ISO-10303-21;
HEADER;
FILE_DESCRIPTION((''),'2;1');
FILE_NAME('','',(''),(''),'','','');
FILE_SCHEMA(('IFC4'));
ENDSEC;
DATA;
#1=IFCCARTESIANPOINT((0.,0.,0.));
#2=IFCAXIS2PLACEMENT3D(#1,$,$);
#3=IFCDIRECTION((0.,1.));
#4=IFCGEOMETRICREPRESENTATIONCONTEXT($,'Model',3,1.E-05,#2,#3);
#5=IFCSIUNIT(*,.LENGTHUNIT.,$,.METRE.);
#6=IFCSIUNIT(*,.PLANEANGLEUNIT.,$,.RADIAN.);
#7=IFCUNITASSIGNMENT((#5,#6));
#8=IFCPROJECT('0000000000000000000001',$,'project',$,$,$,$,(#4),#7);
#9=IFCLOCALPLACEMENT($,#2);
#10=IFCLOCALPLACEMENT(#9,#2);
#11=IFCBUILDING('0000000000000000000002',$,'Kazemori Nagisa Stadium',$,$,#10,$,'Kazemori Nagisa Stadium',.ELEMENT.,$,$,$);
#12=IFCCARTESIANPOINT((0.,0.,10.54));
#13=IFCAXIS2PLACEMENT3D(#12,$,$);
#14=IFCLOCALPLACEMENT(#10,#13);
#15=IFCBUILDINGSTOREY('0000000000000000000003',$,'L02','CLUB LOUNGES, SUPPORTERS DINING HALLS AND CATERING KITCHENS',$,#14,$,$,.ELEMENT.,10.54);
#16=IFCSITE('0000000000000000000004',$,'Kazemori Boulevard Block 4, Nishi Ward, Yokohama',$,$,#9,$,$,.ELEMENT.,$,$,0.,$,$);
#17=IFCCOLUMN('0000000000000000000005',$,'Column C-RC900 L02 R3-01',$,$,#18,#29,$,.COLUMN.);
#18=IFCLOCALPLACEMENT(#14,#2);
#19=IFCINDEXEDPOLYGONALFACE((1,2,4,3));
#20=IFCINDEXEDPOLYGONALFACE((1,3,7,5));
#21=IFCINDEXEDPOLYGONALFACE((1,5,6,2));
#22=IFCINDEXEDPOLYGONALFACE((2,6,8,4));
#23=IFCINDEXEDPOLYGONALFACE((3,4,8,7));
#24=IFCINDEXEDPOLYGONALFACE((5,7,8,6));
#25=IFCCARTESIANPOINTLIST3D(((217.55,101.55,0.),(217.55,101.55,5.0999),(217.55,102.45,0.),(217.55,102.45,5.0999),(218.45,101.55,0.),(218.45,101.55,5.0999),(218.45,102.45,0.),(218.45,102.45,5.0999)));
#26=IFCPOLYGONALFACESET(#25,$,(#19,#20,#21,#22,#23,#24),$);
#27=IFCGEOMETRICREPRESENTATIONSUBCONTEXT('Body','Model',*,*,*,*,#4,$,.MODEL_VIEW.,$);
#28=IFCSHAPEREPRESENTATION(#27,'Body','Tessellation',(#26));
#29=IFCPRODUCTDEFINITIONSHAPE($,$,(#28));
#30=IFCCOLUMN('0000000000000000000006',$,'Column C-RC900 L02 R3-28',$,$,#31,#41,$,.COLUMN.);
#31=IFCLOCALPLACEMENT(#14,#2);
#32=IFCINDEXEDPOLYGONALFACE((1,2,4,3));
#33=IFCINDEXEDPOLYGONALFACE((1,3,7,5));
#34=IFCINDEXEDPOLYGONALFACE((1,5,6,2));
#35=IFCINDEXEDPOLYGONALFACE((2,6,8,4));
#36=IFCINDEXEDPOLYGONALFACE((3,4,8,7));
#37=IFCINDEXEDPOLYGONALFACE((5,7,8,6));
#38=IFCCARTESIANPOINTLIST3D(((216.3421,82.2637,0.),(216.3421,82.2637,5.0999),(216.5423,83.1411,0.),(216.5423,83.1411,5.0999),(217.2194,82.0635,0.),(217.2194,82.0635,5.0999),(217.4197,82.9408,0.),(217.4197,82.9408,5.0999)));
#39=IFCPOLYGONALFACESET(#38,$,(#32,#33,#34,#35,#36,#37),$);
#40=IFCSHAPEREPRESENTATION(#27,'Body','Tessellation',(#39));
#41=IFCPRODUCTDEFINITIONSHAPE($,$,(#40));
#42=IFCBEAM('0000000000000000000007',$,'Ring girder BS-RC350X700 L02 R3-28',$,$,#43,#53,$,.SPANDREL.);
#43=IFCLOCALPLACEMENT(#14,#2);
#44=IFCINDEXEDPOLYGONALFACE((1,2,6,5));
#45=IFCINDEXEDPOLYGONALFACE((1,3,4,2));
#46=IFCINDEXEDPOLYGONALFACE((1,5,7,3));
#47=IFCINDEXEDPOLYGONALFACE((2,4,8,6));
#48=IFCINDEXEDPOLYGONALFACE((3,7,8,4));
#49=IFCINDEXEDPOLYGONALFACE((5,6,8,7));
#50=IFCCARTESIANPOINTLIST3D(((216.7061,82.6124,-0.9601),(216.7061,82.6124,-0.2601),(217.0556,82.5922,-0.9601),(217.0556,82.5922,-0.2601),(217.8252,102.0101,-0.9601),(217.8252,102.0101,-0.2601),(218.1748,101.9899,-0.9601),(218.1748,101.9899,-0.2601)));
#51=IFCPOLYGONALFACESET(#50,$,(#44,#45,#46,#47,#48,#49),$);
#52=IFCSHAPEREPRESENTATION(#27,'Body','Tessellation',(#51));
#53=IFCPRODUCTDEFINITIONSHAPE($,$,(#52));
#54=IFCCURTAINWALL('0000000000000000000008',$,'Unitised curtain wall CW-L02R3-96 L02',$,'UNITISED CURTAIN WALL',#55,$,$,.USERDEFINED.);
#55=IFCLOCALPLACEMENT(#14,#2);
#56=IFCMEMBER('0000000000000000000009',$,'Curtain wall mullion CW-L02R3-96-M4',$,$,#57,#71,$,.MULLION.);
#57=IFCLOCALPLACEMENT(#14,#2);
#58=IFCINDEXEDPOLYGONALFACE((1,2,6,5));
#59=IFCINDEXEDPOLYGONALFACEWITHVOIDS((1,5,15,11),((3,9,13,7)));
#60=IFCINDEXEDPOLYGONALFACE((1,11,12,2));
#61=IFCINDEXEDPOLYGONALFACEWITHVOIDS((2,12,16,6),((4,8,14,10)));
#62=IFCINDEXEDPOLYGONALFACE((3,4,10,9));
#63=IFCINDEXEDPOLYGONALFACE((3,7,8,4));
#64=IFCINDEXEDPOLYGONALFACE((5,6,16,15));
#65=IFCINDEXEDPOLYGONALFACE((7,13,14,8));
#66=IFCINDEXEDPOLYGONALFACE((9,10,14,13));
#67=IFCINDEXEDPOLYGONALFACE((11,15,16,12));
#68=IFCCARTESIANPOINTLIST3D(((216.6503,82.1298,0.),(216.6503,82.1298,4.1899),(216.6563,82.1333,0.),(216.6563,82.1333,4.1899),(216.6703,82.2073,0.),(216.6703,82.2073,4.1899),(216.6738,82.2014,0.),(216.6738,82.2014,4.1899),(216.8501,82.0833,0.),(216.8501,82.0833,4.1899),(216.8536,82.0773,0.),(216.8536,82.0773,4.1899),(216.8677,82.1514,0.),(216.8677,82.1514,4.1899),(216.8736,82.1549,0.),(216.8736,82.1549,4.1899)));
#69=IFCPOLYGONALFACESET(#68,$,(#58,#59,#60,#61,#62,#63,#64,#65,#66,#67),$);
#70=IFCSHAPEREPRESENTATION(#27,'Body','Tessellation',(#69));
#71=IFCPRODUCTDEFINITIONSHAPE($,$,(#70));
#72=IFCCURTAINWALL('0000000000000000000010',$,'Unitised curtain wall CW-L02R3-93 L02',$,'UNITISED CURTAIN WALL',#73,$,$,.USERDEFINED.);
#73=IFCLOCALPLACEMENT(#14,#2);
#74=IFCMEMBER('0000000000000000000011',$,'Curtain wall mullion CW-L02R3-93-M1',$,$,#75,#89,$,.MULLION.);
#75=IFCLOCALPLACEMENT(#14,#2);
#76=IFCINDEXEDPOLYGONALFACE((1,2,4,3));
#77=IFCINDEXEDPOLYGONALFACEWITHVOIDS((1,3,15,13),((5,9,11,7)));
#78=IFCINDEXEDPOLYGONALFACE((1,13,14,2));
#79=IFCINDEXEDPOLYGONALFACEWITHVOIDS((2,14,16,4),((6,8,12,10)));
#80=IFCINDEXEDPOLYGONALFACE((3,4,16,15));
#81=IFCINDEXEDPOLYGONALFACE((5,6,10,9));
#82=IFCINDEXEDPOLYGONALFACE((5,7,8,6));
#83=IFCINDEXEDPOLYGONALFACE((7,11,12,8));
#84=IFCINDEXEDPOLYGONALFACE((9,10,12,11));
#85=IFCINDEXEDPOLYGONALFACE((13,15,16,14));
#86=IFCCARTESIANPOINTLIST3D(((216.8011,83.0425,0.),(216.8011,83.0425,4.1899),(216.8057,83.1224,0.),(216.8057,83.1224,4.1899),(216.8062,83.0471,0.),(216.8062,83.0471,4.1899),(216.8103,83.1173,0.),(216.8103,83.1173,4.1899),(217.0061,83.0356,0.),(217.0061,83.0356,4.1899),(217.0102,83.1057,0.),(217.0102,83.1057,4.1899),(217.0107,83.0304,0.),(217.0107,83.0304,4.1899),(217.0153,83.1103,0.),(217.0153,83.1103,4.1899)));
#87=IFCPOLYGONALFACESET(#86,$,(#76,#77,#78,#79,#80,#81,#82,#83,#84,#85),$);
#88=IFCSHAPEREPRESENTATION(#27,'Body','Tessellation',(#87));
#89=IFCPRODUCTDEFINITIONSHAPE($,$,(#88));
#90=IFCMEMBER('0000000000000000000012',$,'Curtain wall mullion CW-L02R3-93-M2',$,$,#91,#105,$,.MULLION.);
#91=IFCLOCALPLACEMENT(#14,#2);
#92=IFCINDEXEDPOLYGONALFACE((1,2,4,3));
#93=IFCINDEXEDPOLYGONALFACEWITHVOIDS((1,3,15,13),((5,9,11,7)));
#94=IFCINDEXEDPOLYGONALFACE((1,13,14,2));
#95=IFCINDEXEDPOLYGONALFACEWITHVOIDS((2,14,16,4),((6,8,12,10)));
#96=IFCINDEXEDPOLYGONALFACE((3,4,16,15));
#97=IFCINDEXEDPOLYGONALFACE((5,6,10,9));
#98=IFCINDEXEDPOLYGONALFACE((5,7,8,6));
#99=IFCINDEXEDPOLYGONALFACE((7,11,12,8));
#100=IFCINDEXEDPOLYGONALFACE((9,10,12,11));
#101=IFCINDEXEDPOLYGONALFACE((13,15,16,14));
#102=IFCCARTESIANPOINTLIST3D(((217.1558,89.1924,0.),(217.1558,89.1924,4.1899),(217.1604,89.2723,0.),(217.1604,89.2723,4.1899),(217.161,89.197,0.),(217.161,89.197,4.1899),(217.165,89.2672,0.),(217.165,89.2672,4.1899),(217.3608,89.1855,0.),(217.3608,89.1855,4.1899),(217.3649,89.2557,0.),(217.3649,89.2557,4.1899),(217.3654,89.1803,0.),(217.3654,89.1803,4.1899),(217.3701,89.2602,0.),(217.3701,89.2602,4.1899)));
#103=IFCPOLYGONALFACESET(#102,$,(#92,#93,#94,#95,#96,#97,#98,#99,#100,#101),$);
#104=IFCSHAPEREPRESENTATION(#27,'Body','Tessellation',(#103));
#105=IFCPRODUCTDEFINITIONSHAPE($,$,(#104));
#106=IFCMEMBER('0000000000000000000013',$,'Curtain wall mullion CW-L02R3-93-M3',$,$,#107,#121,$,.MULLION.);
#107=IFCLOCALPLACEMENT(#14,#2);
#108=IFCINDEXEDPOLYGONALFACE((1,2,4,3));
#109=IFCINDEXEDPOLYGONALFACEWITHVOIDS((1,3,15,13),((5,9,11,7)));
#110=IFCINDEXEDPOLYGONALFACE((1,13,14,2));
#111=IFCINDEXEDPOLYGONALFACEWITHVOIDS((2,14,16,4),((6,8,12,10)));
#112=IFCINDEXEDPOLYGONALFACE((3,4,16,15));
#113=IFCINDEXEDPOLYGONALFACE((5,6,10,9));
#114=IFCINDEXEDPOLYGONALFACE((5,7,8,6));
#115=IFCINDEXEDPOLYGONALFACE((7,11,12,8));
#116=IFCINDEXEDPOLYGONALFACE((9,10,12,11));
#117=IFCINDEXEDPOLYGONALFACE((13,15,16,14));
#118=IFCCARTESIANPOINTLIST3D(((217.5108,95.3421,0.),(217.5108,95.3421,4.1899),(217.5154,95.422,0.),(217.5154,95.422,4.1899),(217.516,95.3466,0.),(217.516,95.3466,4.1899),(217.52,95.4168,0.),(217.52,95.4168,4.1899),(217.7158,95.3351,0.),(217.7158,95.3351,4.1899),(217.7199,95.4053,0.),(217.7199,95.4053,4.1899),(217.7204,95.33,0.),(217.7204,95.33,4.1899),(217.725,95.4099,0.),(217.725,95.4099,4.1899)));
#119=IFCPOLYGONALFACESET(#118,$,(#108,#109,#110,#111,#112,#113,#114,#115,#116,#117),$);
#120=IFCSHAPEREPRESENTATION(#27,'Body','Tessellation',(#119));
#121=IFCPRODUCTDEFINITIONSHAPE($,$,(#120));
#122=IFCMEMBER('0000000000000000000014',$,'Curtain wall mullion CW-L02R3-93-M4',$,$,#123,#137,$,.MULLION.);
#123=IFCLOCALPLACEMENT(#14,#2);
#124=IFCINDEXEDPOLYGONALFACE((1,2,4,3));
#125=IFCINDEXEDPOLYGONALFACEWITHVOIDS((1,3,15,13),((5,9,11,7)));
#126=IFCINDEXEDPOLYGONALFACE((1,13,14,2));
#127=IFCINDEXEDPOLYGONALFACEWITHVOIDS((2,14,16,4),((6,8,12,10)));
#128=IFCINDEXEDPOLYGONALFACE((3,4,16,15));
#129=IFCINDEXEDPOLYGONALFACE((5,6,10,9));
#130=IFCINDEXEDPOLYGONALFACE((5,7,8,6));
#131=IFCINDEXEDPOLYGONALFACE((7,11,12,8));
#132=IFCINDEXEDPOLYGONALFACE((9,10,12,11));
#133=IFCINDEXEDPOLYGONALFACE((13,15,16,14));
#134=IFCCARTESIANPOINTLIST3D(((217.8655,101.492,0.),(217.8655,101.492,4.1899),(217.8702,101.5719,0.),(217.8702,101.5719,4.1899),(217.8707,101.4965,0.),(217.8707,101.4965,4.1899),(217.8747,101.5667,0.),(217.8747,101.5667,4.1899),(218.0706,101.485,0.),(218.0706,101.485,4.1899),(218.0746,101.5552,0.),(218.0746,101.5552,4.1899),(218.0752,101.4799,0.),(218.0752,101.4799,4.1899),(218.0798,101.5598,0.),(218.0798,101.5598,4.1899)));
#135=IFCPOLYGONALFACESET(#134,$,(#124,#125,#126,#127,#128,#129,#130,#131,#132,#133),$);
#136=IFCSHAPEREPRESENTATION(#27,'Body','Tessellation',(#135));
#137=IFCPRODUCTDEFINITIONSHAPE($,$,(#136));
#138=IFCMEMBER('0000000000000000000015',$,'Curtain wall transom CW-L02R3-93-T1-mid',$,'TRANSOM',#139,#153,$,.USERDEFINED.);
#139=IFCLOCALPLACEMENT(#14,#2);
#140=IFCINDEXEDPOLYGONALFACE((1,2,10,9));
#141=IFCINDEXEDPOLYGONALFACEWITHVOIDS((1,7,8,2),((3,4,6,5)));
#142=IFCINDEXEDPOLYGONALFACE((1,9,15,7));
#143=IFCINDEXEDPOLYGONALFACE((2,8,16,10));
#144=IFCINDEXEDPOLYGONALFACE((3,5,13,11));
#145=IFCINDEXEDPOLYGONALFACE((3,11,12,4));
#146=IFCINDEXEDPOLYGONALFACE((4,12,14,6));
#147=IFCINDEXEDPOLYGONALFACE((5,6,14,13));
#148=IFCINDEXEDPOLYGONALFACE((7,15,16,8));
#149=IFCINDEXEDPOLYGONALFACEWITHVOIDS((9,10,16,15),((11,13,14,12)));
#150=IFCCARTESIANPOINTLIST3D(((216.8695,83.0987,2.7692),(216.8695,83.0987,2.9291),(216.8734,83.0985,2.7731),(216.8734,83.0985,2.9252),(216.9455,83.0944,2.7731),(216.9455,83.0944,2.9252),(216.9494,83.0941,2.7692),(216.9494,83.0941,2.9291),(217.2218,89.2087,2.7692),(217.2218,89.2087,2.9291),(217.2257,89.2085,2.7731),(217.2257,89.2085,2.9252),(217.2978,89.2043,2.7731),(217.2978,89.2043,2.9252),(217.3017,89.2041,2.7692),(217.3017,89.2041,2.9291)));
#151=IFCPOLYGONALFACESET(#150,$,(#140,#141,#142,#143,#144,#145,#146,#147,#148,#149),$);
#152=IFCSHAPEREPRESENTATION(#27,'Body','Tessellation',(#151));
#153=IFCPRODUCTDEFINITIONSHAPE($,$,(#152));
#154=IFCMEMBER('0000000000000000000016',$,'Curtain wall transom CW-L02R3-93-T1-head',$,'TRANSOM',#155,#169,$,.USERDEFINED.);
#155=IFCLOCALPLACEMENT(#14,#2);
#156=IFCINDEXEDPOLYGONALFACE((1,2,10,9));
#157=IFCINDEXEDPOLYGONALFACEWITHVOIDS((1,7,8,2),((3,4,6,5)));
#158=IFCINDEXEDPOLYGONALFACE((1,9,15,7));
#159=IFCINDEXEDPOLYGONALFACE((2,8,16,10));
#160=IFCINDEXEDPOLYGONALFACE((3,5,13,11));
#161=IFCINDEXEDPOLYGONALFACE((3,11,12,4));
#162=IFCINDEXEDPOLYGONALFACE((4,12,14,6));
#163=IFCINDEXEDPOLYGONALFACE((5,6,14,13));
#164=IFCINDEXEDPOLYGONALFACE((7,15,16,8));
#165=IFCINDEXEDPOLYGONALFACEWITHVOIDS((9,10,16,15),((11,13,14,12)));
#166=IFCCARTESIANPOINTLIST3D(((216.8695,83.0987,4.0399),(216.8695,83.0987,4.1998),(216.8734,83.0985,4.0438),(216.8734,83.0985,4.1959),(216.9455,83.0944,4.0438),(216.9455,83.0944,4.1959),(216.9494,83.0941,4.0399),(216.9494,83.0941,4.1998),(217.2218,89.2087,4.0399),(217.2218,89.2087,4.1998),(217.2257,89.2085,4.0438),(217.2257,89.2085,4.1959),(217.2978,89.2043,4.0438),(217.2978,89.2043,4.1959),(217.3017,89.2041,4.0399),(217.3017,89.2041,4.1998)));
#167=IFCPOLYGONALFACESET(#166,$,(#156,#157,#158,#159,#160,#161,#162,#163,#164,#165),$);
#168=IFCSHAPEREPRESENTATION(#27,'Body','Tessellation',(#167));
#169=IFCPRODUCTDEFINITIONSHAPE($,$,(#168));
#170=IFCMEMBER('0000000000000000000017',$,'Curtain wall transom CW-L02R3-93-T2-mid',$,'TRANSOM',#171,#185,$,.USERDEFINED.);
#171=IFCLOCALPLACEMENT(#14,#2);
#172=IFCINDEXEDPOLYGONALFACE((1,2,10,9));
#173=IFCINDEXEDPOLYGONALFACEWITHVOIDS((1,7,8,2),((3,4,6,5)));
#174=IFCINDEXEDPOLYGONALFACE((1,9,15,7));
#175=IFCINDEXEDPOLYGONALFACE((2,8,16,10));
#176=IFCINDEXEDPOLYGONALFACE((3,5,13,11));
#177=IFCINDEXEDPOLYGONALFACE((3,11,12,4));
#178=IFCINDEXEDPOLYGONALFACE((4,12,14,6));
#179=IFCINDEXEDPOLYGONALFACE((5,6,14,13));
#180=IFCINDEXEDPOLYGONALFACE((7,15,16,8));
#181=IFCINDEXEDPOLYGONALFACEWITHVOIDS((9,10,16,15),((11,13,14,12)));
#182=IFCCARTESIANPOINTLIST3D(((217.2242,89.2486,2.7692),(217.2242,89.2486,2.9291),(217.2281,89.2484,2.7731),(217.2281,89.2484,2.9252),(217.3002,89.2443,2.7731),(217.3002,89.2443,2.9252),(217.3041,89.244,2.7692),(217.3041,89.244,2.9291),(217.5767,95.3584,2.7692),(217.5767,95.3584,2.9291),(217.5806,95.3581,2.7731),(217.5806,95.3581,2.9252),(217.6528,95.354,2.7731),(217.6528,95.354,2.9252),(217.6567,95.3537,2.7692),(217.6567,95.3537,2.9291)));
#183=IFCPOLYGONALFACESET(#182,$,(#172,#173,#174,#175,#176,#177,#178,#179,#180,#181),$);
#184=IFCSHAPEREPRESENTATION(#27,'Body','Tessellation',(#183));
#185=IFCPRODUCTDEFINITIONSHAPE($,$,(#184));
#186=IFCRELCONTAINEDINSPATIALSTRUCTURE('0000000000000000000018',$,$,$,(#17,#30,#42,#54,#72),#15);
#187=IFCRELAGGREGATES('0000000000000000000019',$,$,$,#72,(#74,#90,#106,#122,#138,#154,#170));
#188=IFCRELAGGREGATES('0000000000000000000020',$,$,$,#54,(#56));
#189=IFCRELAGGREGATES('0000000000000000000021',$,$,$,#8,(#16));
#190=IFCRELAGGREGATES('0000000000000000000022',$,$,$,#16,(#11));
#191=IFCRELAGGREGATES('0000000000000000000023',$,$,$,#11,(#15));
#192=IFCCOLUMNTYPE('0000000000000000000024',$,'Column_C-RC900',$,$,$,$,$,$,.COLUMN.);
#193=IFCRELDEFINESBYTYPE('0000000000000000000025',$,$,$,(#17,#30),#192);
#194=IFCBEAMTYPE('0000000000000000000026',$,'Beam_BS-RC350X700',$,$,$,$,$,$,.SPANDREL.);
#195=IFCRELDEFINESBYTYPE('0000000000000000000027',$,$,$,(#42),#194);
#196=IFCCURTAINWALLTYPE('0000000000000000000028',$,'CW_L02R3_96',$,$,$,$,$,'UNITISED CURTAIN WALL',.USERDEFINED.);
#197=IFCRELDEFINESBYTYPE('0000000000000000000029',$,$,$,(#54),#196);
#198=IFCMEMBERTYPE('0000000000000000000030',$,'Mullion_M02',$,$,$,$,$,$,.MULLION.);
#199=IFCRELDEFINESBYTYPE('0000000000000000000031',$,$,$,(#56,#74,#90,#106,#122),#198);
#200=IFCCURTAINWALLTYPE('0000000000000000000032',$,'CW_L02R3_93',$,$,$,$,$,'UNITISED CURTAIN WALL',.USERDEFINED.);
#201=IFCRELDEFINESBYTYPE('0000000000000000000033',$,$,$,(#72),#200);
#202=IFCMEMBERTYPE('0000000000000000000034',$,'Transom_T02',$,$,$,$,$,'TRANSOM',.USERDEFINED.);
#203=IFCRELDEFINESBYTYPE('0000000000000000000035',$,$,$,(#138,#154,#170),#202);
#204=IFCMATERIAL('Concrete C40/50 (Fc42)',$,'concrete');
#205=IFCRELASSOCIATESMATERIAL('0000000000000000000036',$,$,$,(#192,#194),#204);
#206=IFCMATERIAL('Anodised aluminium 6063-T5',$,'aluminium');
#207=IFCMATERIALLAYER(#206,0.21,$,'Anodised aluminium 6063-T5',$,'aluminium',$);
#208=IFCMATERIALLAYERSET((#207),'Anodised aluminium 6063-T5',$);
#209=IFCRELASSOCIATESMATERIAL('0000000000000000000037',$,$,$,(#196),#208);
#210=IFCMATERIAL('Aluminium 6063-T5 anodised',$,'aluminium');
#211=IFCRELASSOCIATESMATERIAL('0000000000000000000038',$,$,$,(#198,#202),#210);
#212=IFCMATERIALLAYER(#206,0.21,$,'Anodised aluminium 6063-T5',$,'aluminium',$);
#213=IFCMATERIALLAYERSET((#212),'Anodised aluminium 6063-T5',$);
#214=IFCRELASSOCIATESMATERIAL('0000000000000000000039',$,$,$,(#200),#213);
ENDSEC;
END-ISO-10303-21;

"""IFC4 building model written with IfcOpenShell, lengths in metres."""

from ifc_helpers import new_model, si_unit, direction, frame, origin, origin_2d, place, context, subcontext, project, spatial, rectangle, hollow_rectangle, extrude, material, layer, layer_set, material_profile, profile_set, type_object, element, aggregate, save


model = new_model("IFC4")

# Units and contexts
model_context = context("Model", 3, precision=1e-05, world=origin(), true_north=direction((0.0, 1.0)))
body_context = subcontext(model_context, "Body", "Model", "MODEL_VIEW")
ifc_project = project(units=[si_unit("LENGTHUNIT", "METRE"), si_unit("PLANEANGLEUNIT", "RADIAN")], contexts=[model_context])

# Site, building, storey
site_placement = place(None, origin())
site = spatial("IfcSite", under=ifc_project, at=site_placement, Name="Kazemori Boulevard Block 4, Nishi Ward, Yokohama", CompositionType="ELEMENT", RefElevation=0.0)
building_placement = place(site_placement, origin())
building = spatial("IfcBuilding", under=site, at=building_placement, Name="Kazemori Nagisa Stadium", LongName="Kazemori Nagisa Stadium", CompositionType="ELEMENT")
storey_placement = place(building_placement, frame((0.0, 0.0, 10.54)))
storey = spatial("IfcBuildingStorey", under=building, at=storey_placement, Name="L02", Description="CLUB LOUNGES, SUPPORTERS DINING HALLS AND CATERING KITCHENS", CompositionType="ELEMENT", Elevation=10.54)

# Columns
ifc_material_1 = material(Name="Concrete C40/50 (Fc42)", Category="concrete")
ifc_material_profile_1 = material_profile(ifc_material_1, rectangle(XDim=0.8999, YDim=0.8999, at=origin_2d()), Name="RC-COL-900x900")
ifc_profile_set_1 = profile_set([ifc_material_profile_1], Name="Concrete C40/50 (Fc42)")
column_type = type_object("IfcColumnType", Name="Column_C-RC900", PredefinedType="COLUMN", material=ifc_profile_set_1)
for number, where, z_axis, x_axis, name in (
    (1, (218.0, 102.0, 0.0), (0.0, 0.0, 1.0), (1.0, 0.0, 0.0), "Column C-RC900 L02 R3-01"),
    (2, (216.8809, 82.6023, 0.0), (0.0, 0.0, 1.0), (0.974928, -0.222521, 0.0), "Column C-RC900 L02 R3-28"),
):
    element("IfcColumn", number, at=place(storey_placement, frame(where, z_axis=z_axis, x_axis=x_axis)), inside=storey, type_object=column_type, Name=name, PredefinedType="COLUMN", context=body_context, shape_type="SweptSolid", body=[
        extrude(rectangle(XDim=0.8999, YDim=0.8999, at=origin_2d()), origin(), (0.0, 0.0, 1.0), 5.0999),
    ])

# Beam
ifc_material_profile_2 = material_profile(ifc_material_1, rectangle(XDim=0.3501, YDim=0.7, at=origin_2d()), Name="RC-SP-350x700")
ifc_profile_set_2 = profile_set([ifc_material_profile_2], Name="Concrete C40/50 (Fc42)")
beam_type = type_object("IfcBeamType", Name="Beam_BS-RC350X700", PredefinedType="SPANDREL", material=ifc_profile_set_2)
beam_placement = place(storey_placement, frame((216.8809, 82.6023, -0.6101), z_axis=(0.057599, 0.99834, 0.0), x_axis=(-0.99834, 0.057599, 0.0)))
element("IfcBeam", 3, at=beam_placement, inside=storey, type_object=beam_type, Name="Ring girder BS-RC350X700 L02 R3-28", PredefinedType="SPANDREL", context=body_context, shape_type="SweptSolid", body=[
    extrude(rectangle(XDim=0.3501, YDim=0.7, at=origin_2d()), origin(), (0.0, 0.0, 1.0), 19.4299),
])

# Curtain wall, member
ifc_material_2 = material(Name="Anodised aluminium 6063-T5", Category="aluminium")
ifc_layer_1 = layer(ifc_material_2, 0.21, Name="Anodised aluminium 6063-T5", Category="aluminium")
ifc_layer_set_1 = layer_set([ifc_layer_1], Name="Anodised aluminium 6063-T5")
curtain_wall_type_1 = type_object("IfcCurtainWallType", Name="CW_L02R3_96", ElementType="UNITISED CURTAIN WALL", PredefinedType="USERDEFINED", material=ifc_layer_set_1)
curtain_wall_1_placement = place(storey_placement, origin())
curtain_wall_1 = element("IfcCurtainWall", 4, at=curtain_wall_1_placement, inside=storey, type_object=curtain_wall_type_1, Name="Unitised curtain wall CW-L02R3-96 L02", ObjectType="UNITISED CURTAIN WALL", PredefinedType="USERDEFINED")
ifc_material_3 = material(Name="Aluminium 6063-T5 anodised", Category="aluminium")
ifc_material_profile_3 = material_profile(ifc_material_3, hollow_rectangle(XDim=0.0801, YDim=0.21, WallThickness=0.0049, at=origin_2d()), Name="ALU-MULL-80x210x5")
ifc_profile_set_3 = profile_set([ifc_material_profile_3], Name="Aluminium 6063-T5 anodised")
member_type_1 = type_object("IfcMemberType", Name="Mullion_M02", PredefinedType="MULLION", material=ifc_profile_set_3)
member_1_placement = place(storey_placement, frame((216.762, 82.1423, 0.0), z_axis=(0.0, 0.0, 1.0), x_axis=(0.249965, 0.968255, 0.0)))
member_1 = element("IfcMember", 5, at=member_1_placement, type_object=member_type_1, Name="Curtain wall mullion CW-L02R3-96-M4", PredefinedType="MULLION", context=body_context, shape_type="SweptSolid", body=[
    extrude(hollow_rectangle(XDim=0.0801, YDim=0.21, WallThickness=0.0049, at=origin_2d()), origin(), (0.0, 0.0, 1.0), 4.1899),
])

# Curtain wall, members
ifc_layer_2 = layer(ifc_material_2, 0.21, Name="Anodised aluminium 6063-T5", Category="aluminium")
ifc_layer_set_2 = layer_set([ifc_layer_2], Name="Anodised aluminium 6063-T5")
curtain_wall_type_2 = type_object("IfcCurtainWallType", Name="CW_L02R3_93", ElementType="UNITISED CURTAIN WALL", PredefinedType="USERDEFINED", material=ifc_layer_set_2)
curtain_wall_2_placement = place(storey_placement, origin())
curtain_wall_2 = element("IfcCurtainWall", 6, at=curtain_wall_2_placement, inside=storey, type_object=curtain_wall_type_2, Name="Unitised curtain wall CW-L02R3-93 L02", ObjectType="UNITISED CURTAIN WALL", PredefinedType="USERDEFINED")
member_2_placement = place(storey_placement, frame((216.9082, 83.0764, 0.0), z_axis=(0.0, 0.0, 1.0), x_axis=(0.057602, 0.99834, 0.0)))
member_2 = element("IfcMember", 7, at=member_2_placement, type_object=member_type_1, Name="Curtain wall mullion CW-L02R3-93-M1", PredefinedType="MULLION", context=body_context, shape_type="SweptSolid", body=[
    extrude(hollow_rectangle(XDim=0.0801, YDim=0.21, WallThickness=0.0049, at=origin_2d()), origin(), (0.0, 0.0, 1.0), 4.1899),
])
member_3_placement = place(storey_placement, frame((217.2629, 89.2263, 0.0), z_axis=(0.0, 0.0, 1.0), x_axis=(0.057602, 0.99834, 0.0)))
member_3 = element("IfcMember", 8, at=member_3_placement, type_object=member_type_1, Name="Curtain wall mullion CW-L02R3-93-M2", PredefinedType="MULLION", context=body_context, shape_type="SweptSolid", body=[
    extrude(hollow_rectangle(XDim=0.0801, YDim=0.21, WallThickness=0.0049, at=origin_2d()), origin(), (0.0, 0.0, 1.0), 4.1899),
])
member_4_placement = place(storey_placement, frame((217.6179, 95.376, 0.0), z_axis=(0.0, 0.0, 1.0), x_axis=(0.057602, 0.99834, 0.0)))
member_4 = element("IfcMember", 9, at=member_4_placement, type_object=member_type_1, Name="Curtain wall mullion CW-L02R3-93-M3", PredefinedType="MULLION", context=body_context, shape_type="SweptSolid", body=[
    extrude(hollow_rectangle(XDim=0.0801, YDim=0.21, WallThickness=0.0049, at=origin_2d()), origin(), (0.0, 0.0, 1.0), 4.1899),
])
member_5_placement = place(storey_placement, frame((217.9727, 101.5259, 0.0), z_axis=(0.0, 0.0, 1.0), x_axis=(0.057602, 0.99834, 0.0)))
member_5 = element("IfcMember", 10, at=member_5_placement, type_object=member_type_1, Name="Curtain wall mullion CW-L02R3-93-M4", PredefinedType="MULLION", context=body_context, shape_type="SweptSolid", body=[
    extrude(hollow_rectangle(XDim=0.0801, YDim=0.21, WallThickness=0.0049, at=origin_2d()), origin(), (0.0, 0.0, 1.0), 4.1899),
])
ifc_material_profile_4 = material_profile(ifc_material_3, hollow_rectangle(XDim=0.0801, YDim=0.1599, WallThickness=0.0039, at=origin_2d()), Name="ALU-TRAN-80x160x4")
ifc_profile_set_4 = profile_set([ifc_material_profile_4], Name="Aluminium 6063-T5 anodised")
member_type_2 = type_object("IfcMemberType", Name="Transom_T02", ElementType="TRANSOM", PredefinedType="USERDEFINED", material=ifc_profile_set_4)
member_6_placement = place(storey_placement, frame((216.9094, 83.0964, 2.8491), z_axis=(0.057564, 0.998342, 0.0), x_axis=(-0.998342, 0.057564, 0.0)))
member_6 = element("IfcMember", 11, at=member_6_placement, type_object=member_type_2, Name="Curtain wall transom CW-L02R3-93-T1-mid", ObjectType="TRANSOM", PredefinedType="USERDEFINED", context=body_context, shape_type="SweptSolid", body=[
    extrude(hollow_rectangle(XDim=0.0801, YDim=0.1599, WallThickness=0.0039, at=origin_2d()), origin(), (0.0, 0.0, 1.0), 6.1201),
])
member_7_placement = place(storey_placement, frame((216.9094, 83.0964, 4.1199), z_axis=(0.057564, 0.998342, 0.0), x_axis=(-0.998342, 0.057564, 0.0)))
member_7 = element("IfcMember", 12, at=member_7_placement, type_object=member_type_2, Name="Curtain wall transom CW-L02R3-93-T1-head", ObjectType="TRANSOM", PredefinedType="USERDEFINED", context=body_context, shape_type="SweptSolid", body=[
    extrude(hollow_rectangle(XDim=0.0801, YDim=0.1599, WallThickness=0.0039, at=origin_2d()), origin(), (0.0, 0.0, 1.0), 6.1201),
])
member_8_placement = place(storey_placement, frame((217.2642, 89.2463, 2.8491), z_axis=(0.057606, 0.998339, 0.0), x_axis=(-0.998339, 0.057606, 0.0)))
member_8 = element("IfcMember", 13, at=member_8_placement, type_object=member_type_2, Name="Curtain wall transom CW-L02R3-93-T2-mid", ObjectType="TRANSOM", PredefinedType="USERDEFINED", context=body_context, shape_type="SweptSolid", body=[
    extrude(hollow_rectangle(XDim=0.0801, YDim=0.1599, WallThickness=0.0039, at=origin_2d()), origin(), (0.0, 0.0, 1.0), 6.1199),
])

aggregate(curtain_wall_2, [member_2, member_3, member_4, member_5, member_6, member_7, member_8])
aggregate(curtain_wall_1, [member_1])

save(model, "model.ifc")
